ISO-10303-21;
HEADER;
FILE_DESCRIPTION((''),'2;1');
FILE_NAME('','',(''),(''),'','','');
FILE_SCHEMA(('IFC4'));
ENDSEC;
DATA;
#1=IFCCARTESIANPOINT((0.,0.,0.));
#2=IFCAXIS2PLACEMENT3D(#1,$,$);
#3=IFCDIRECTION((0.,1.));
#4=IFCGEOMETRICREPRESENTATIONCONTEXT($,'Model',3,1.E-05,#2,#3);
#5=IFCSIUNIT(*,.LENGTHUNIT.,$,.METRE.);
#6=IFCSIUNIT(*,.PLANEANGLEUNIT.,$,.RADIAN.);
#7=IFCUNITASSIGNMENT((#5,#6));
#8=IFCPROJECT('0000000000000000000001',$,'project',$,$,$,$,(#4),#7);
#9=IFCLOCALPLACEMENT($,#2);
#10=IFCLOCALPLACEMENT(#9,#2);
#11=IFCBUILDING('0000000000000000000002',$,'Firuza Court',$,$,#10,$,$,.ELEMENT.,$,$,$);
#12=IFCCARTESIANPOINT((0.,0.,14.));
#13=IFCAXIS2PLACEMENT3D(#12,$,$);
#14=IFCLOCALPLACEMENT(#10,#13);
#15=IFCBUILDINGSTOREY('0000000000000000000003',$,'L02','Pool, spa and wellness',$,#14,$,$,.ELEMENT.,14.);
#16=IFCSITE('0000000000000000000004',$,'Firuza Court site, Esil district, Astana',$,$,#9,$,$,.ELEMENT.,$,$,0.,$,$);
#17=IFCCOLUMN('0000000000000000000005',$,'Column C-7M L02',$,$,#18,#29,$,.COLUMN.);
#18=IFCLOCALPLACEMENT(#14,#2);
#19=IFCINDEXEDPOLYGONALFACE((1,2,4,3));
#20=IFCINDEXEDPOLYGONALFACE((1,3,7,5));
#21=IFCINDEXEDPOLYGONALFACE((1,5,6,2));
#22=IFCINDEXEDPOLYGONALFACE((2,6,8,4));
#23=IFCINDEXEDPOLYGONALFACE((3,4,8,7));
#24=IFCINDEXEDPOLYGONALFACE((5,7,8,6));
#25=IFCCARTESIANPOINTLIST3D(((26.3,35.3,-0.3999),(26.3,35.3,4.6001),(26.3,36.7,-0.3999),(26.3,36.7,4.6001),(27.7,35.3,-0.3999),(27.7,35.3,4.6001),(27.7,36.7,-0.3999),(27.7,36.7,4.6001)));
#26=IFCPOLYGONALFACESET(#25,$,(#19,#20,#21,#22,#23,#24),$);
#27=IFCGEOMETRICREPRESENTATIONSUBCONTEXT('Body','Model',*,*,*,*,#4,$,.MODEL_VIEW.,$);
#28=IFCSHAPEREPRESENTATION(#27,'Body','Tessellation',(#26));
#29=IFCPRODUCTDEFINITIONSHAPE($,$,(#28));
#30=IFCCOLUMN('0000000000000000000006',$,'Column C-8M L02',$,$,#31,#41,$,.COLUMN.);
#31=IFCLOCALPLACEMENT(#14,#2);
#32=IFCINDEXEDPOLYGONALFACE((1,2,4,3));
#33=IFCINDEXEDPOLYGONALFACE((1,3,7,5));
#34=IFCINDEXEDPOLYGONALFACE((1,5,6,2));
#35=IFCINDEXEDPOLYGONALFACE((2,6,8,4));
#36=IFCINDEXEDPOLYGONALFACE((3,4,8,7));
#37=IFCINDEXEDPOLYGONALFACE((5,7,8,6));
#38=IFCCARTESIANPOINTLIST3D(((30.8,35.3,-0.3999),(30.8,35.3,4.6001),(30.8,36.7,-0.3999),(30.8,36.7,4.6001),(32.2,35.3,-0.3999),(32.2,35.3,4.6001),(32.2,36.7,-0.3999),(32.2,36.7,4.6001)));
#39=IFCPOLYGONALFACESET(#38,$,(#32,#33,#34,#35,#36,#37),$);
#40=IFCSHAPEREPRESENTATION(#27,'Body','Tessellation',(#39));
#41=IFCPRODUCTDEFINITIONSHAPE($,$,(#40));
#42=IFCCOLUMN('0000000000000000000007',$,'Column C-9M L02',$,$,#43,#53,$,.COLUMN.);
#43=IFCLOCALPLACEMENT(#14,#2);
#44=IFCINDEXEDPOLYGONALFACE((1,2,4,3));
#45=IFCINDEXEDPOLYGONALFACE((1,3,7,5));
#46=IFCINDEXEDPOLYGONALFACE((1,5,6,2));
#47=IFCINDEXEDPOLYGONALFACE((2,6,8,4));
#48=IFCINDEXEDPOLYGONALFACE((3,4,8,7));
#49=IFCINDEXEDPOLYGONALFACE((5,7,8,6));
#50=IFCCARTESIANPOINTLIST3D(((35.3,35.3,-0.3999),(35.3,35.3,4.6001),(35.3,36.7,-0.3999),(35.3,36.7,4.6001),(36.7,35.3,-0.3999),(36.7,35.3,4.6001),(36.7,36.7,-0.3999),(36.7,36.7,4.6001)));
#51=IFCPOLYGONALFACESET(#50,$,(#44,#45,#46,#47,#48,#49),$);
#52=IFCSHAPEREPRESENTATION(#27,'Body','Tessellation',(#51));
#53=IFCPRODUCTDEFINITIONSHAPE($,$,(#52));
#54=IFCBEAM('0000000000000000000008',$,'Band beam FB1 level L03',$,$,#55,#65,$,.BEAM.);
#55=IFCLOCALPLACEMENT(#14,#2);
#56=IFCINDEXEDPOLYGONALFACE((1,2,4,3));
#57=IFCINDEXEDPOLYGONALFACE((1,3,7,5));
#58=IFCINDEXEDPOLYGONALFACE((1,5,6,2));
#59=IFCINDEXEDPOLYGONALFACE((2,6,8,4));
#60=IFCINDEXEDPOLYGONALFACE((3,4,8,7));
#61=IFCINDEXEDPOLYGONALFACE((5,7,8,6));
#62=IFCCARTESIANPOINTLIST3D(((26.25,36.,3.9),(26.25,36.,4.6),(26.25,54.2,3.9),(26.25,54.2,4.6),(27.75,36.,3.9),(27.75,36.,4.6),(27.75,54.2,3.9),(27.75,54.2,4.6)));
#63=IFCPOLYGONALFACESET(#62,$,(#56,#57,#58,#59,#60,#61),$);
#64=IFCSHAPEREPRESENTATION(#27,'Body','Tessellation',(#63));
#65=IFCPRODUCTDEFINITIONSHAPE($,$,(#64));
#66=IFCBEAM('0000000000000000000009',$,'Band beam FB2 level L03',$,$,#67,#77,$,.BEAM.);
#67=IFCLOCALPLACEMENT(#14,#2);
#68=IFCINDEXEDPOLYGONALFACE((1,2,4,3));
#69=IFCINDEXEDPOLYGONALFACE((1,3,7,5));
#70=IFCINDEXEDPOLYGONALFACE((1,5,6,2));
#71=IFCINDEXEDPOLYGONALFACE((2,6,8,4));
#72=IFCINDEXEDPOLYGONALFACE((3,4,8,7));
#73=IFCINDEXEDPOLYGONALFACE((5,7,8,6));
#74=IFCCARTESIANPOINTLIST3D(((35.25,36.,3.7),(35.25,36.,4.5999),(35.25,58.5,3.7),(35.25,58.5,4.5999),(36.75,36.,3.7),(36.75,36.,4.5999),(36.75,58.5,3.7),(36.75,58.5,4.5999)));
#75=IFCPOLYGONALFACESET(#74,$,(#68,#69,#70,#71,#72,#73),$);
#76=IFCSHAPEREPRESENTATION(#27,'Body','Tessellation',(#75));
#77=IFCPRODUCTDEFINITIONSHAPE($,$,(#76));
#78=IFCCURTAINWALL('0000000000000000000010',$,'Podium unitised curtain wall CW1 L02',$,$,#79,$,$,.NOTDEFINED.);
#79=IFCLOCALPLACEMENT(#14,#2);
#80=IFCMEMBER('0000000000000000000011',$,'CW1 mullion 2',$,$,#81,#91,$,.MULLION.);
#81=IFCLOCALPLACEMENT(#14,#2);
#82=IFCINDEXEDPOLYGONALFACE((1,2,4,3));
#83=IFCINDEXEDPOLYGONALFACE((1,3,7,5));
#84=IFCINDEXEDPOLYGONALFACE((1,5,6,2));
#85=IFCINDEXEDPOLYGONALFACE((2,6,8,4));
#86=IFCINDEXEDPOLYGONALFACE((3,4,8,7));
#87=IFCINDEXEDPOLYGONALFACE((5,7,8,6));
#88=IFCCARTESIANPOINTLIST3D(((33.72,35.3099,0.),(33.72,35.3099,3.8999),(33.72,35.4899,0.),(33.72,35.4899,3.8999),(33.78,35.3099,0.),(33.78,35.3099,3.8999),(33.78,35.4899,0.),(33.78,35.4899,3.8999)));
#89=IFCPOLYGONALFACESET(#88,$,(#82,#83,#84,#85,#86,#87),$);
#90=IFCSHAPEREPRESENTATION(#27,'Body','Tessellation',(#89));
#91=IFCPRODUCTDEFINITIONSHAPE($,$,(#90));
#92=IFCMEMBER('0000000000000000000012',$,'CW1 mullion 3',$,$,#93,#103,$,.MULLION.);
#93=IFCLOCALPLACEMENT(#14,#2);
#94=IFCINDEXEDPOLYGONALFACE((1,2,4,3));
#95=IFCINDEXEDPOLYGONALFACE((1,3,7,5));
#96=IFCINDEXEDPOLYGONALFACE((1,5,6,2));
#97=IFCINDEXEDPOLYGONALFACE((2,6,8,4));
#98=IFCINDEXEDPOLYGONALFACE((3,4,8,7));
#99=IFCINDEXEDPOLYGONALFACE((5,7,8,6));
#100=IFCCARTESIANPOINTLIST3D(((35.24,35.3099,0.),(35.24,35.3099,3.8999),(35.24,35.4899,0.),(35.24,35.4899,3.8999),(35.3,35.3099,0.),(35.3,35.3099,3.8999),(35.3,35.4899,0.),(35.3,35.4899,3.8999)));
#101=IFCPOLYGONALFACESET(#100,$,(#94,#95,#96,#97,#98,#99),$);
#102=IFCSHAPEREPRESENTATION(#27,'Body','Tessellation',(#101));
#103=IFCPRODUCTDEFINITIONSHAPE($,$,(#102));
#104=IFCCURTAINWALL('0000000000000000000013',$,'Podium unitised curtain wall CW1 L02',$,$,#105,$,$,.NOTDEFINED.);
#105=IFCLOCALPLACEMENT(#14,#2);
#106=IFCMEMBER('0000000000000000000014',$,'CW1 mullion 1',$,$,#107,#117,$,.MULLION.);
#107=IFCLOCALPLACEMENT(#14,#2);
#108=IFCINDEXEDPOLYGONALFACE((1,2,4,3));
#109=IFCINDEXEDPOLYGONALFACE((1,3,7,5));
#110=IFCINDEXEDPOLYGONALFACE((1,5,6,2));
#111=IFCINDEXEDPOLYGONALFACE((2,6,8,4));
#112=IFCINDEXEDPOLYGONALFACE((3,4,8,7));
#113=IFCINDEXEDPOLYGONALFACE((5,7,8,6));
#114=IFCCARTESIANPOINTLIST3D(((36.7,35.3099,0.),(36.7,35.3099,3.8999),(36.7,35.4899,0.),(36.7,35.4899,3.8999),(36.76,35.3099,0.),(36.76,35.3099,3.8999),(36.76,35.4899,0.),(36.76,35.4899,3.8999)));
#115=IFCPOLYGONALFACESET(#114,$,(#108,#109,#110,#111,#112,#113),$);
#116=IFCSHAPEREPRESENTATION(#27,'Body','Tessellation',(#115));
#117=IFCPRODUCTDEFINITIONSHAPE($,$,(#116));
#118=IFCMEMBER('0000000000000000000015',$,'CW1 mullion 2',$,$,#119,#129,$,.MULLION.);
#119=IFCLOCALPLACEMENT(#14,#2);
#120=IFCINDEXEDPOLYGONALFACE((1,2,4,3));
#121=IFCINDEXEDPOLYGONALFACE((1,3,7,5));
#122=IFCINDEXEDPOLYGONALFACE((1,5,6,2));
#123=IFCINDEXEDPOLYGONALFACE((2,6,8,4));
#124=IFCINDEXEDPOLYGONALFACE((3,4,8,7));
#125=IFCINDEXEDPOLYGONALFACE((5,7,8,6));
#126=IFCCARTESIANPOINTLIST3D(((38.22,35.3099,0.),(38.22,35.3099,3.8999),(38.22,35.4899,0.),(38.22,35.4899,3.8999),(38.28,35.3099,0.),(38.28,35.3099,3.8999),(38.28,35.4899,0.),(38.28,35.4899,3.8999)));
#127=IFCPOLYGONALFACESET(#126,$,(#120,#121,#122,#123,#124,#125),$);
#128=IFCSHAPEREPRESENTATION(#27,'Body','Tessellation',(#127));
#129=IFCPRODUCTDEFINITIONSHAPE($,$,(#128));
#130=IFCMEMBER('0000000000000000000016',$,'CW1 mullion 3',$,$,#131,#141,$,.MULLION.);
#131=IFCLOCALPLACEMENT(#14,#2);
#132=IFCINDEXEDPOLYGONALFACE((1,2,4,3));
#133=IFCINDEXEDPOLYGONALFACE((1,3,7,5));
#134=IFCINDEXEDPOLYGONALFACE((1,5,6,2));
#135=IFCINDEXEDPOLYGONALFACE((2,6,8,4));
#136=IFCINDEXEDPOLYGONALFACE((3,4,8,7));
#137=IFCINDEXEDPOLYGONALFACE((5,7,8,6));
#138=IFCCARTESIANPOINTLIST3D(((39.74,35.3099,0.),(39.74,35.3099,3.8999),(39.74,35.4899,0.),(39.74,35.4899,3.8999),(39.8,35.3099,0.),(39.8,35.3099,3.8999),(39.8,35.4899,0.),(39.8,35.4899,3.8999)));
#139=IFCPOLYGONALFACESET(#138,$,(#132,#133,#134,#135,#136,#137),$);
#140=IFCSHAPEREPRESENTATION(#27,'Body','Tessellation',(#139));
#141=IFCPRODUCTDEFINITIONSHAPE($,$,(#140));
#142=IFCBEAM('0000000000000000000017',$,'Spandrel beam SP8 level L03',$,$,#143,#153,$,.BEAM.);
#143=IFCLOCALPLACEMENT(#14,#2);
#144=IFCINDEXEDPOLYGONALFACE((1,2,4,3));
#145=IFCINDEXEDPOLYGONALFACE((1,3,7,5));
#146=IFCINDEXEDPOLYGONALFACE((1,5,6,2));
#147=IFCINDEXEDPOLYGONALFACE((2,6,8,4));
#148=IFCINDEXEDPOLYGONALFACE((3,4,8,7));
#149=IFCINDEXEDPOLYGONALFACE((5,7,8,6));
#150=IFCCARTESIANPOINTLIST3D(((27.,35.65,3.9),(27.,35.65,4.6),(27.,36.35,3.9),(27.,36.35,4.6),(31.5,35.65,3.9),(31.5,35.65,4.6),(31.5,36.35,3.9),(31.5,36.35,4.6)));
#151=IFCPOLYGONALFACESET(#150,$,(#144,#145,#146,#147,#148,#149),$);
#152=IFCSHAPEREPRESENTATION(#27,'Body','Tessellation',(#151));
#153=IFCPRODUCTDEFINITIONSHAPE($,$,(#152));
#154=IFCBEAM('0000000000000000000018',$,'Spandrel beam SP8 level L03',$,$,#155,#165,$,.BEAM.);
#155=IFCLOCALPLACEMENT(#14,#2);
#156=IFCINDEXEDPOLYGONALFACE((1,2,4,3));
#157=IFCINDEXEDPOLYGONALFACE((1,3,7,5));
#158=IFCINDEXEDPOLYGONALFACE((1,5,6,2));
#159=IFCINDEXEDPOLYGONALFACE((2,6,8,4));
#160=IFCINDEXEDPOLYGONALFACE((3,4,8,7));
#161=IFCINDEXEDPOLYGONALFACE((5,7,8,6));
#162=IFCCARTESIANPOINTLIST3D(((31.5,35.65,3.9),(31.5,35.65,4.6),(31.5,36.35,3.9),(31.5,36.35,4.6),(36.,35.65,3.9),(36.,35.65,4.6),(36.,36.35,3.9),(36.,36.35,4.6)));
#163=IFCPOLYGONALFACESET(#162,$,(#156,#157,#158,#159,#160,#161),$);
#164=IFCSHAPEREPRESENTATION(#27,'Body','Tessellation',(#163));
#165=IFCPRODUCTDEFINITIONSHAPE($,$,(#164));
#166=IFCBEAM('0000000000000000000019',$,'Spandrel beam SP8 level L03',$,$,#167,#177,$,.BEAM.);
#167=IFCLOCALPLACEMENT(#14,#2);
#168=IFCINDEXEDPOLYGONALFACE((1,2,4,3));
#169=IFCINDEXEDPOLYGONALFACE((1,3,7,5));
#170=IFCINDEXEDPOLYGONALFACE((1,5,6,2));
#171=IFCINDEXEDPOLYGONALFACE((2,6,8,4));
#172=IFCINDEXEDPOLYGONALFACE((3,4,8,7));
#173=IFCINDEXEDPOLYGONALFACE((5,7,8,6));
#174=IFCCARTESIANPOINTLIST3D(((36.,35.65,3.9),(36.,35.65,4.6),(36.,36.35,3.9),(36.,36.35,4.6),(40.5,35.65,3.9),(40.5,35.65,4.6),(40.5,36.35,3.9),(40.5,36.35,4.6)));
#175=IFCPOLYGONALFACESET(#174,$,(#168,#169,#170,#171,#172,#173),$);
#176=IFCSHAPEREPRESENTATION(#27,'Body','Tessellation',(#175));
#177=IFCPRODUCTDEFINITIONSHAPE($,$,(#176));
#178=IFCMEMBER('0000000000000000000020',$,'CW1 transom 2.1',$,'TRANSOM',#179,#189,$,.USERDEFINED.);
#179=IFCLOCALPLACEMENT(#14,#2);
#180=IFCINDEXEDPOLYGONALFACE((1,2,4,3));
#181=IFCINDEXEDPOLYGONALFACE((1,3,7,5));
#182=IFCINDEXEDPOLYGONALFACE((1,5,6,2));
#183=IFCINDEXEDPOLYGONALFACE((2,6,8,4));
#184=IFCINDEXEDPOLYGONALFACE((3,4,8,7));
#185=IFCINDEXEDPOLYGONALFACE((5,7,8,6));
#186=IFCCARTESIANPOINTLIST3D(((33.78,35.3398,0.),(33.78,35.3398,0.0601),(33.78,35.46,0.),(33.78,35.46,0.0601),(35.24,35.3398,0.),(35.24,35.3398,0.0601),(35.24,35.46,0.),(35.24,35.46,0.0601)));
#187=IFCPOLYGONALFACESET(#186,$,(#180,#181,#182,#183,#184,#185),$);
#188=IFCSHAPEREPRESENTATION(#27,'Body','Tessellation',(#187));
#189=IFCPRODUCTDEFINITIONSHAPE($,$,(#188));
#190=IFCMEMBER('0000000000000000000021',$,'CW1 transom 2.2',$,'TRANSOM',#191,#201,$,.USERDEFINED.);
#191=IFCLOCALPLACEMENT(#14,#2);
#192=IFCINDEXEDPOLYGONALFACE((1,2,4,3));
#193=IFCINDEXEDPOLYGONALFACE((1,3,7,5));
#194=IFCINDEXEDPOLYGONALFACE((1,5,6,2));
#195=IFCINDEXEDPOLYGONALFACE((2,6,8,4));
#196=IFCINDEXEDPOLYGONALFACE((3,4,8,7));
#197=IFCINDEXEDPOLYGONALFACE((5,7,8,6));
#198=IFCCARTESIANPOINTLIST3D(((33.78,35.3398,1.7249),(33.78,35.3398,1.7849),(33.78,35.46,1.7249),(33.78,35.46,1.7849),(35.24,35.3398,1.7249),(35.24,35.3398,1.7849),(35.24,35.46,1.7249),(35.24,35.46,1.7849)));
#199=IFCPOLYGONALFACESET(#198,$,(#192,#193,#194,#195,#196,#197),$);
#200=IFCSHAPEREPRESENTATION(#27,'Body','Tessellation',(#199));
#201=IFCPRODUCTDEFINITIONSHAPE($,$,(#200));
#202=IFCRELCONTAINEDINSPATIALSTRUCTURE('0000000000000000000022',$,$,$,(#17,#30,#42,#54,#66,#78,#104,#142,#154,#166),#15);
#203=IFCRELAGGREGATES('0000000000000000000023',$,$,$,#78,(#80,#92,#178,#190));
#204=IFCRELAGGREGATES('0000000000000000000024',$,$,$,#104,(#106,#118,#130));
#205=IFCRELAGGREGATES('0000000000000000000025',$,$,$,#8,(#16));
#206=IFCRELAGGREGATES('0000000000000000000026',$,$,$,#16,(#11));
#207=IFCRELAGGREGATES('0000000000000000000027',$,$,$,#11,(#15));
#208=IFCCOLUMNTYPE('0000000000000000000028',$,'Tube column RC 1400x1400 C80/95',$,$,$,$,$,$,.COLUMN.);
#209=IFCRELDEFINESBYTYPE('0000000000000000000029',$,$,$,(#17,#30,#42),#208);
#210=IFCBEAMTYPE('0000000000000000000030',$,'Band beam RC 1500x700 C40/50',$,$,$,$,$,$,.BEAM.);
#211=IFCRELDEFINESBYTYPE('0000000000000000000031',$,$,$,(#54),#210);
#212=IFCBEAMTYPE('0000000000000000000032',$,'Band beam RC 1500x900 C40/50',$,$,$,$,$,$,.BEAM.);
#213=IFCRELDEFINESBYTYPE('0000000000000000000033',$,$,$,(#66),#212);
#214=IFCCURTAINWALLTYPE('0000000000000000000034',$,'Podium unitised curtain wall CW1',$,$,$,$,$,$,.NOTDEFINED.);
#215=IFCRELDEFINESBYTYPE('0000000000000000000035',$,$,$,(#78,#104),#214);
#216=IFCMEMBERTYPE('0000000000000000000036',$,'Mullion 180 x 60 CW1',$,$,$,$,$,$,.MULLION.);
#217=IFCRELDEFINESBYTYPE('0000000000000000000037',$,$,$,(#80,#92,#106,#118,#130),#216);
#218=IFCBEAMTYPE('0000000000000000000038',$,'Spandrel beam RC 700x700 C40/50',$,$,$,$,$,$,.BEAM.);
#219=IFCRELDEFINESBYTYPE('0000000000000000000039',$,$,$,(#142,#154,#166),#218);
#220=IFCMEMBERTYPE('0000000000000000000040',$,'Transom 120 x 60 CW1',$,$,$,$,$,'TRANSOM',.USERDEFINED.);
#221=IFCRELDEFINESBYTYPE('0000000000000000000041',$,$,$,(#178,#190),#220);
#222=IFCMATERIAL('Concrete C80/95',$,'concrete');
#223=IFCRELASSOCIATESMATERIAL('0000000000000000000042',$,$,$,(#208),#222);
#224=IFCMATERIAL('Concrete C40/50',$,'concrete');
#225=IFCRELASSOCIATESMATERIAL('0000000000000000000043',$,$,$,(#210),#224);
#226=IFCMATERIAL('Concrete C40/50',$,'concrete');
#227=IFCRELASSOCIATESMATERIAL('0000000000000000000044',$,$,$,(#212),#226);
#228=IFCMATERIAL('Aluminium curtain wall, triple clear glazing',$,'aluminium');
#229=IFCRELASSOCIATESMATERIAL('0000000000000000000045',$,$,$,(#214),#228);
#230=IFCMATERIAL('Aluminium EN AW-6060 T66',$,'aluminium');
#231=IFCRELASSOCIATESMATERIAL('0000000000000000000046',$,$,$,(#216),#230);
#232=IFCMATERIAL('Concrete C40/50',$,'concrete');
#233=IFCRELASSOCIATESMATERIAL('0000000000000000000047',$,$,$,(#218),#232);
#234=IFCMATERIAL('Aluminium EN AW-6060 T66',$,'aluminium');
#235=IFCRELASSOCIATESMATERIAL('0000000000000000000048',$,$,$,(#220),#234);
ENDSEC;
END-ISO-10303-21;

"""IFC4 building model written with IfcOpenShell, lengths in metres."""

from ifc_helpers import new_model, si_unit, direction, frame, origin, origin_2d, place, context, subcontext, project, spatial, rectangle, extrude, material, material_profile, profile_set, type_object, element, aggregate, save


model = new_model("IFC4")

# Units and contexts
model_context = context("Model", 3, precision=1e-05, world=origin(), true_north=direction((0.0, 1.0)))
body_context = subcontext(model_context, "Body", "Model", "MODEL_VIEW")
ifc_project = project(units=[si_unit("LENGTHUNIT", "METRE"), si_unit("PLANEANGLEUNIT", "RADIAN")], contexts=[model_context])

# Site, building, storey
site_placement = place(None, origin())
site = spatial("IfcSite", under=ifc_project, at=site_placement, Name="Firuza Court site, Esil district, Astana", CompositionType="ELEMENT", RefElevation=0.0)
building_placement = place(site_placement, origin())
building = spatial("IfcBuilding", under=site, at=building_placement, Name="Firuza Court", CompositionType="ELEMENT")
storey_placement = place(building_placement, frame((0.0, 0.0, 14.0)))
storey = spatial("IfcBuildingStorey", under=building, at=storey_placement, Name="L02", Description="Pool, spa and wellness", CompositionType="ELEMENT", Elevation=14.0)

# Columns
ifc_material_1 = material(Name="Concrete C80/95", Category="concrete")
ifc_material_profile_1 = material_profile(ifc_material_1, rectangle(XDim=1.3999, YDim=1.3999, at=origin_2d()), Name="RC 1400x1400")
ifc_profile_set_1 = profile_set([ifc_material_profile_1], Name="Concrete C80/95")
column_type = type_object("IfcColumnType", Name="Tube column RC 1400x1400 C80/95", PredefinedType="COLUMN", material=ifc_profile_set_1)
for number, where, z_axis, x_axis, name in (
    (1, (27.0, 36.0, -0.3999), (0.0, 0.0, 1.0), (1.0, 0.0, 0.0), "Column C-7M L02"),
    (2, (31.5, 36.0, -0.3999), (0.0, 0.0, 1.0), (1.0, 0.0, 0.0), "Column C-8M L02"),
    (3, (36.0, 36.0, -0.3999), (0.0, 0.0, 1.0), (1.0, 0.0, 0.0), "Column C-9M L02"),
):
    element("IfcColumn", number, at=place(storey_placement, frame(where, z_axis=z_axis, x_axis=x_axis)), inside=storey, type_object=column_type, Name=name, PredefinedType="COLUMN", context=body_context, shape_type="SweptSolid", body=[
        extrude(rectangle(XDim=1.3999, YDim=1.3999, at=origin_2d()), origin(), (0.0, 0.0, 1.0), 5.0),
    ])

# Beams
ifc_material_2 = material(Name="Concrete C40/50", Category="concrete")
ifc_material_profile_2 = material_profile(ifc_material_2, rectangle(XDim=1.5, YDim=0.7, at=origin_2d()), Name="RC 1500x700")
ifc_profile_set_2 = profile_set([ifc_material_profile_2], Name="Concrete C40/50")
beam_type_1 = type_object("IfcBeamType", Name="Band beam RC 1500x700 C40/50", PredefinedType="BEAM", material=ifc_profile_set_2)
beam_1_placement = place(storey_placement, frame((27.0, 36.0, 4.25), z_axis=(0.0, 1.0, 0.0), x_axis=(-1.0, 0.0, 0.0)))
element("IfcBeam", 4, at=beam_1_placement, inside=storey, type_object=beam_type_1, Name="Band beam FB1 level L03", PredefinedType="BEAM", context=body_context, shape_type="SweptSolid", body=[
    extrude(rectangle(XDim=1.5, YDim=0.7, at=origin_2d()), origin(), (0.0, 0.0, 1.0), 18.2),
])
ifc_material_3 = material(Name="Concrete C40/50", Category="concrete")
ifc_material_profile_3 = material_profile(ifc_material_3, rectangle(XDim=1.5, YDim=0.8999, at=origin_2d()), Name="RC 1500x900")
ifc_profile_set_3 = profile_set([ifc_material_profile_3], Name="Concrete C40/50")
beam_type_2 = type_object("IfcBeamType", Name="Band beam RC 1500x900 C40/50", PredefinedType="BEAM", material=ifc_profile_set_3)
beam_2_placement = place(storey_placement, frame((36.0, 36.0, 4.1499), z_axis=(0.0, 1.0, 0.0), x_axis=(-1.0, 0.0, 0.0)))
element("IfcBeam", 5, at=beam_2_placement, inside=storey, type_object=beam_type_2, Name="Band beam FB2 level L03", PredefinedType="BEAM", context=body_context, shape_type="SweptSolid", body=[
    extrude(rectangle(XDim=1.5, YDim=0.8999, at=origin_2d()), origin(), (0.0, 0.0, 1.0), 22.5),
])

# Curtain walls, members
ifc_material_4 = material(Name="Aluminium curtain wall, triple clear glazing", Category="aluminium")
curtain_wall_type = type_object("IfcCurtainWallType", Name="Podium unitised curtain wall CW1", PredefinedType="NOTDEFINED", material=ifc_material_4)
curtain_wall_1_placement = place(storey_placement, origin())
curtain_wall_1 = element("IfcCurtainWall", 6, at=curtain_wall_1_placement, inside=storey, type_object=curtain_wall_type, Name="Podium unitised curtain wall CW1 L02", PredefinedType="NOTDEFINED")
ifc_material_5 = material(Name="Aluminium EN AW-6060 T66", Category="aluminium")
ifc_material_profile_4 = material_profile(ifc_material_5, rectangle(XDim=0.1799, YDim=0.0601, at=origin_2d()), Name="Mullion 180 x 60 CW1")
ifc_profile_set_4 = profile_set([ifc_material_profile_4], Name="Aluminium EN AW-6060 T66")
member_type_1 = type_object("IfcMemberType", Name="Mullion 180 x 60 CW1", PredefinedType="MULLION", material=ifc_profile_set_4)
member_1_placement = place(storey_placement, frame((33.75, 35.3999, 0.0), z_axis=(0.0, 0.0, 1.0), x_axis=(0.0, 1.0, 0.0)))
member_1 = element("IfcMember", 7, at=member_1_placement, type_object=member_type_1, Name="CW1 mullion 2", PredefinedType="MULLION", context=body_context, shape_type="SweptSolid", body=[
    extrude(rectangle(XDim=0.1799, YDim=0.0601, at=origin_2d()), origin(), (0.0, 0.0, 1.0), 3.8999),
])
member_2_placement = place(storey_placement, frame((35.27, 35.3999, 0.0), z_axis=(0.0, 0.0, 1.0), x_axis=(0.0, 1.0, 0.0)))
member_2 = element("IfcMember", 8, at=member_2_placement, type_object=member_type_1, Name="CW1 mullion 3", PredefinedType="MULLION", context=body_context, shape_type="SweptSolid", body=[
    extrude(rectangle(XDim=0.1799, YDim=0.0601, at=origin_2d()), origin(), (0.0, 0.0, 1.0), 3.8999),
])
curtain_wall_2_placement = place(storey_placement, origin())
curtain_wall_2 = element("IfcCurtainWall", 9, at=curtain_wall_2_placement, inside=storey, type_object=curtain_wall_type, Name="Podium unitised curtain wall CW1 L02", PredefinedType="NOTDEFINED")
member_3_placement = place(storey_placement, frame((36.73, 35.3999, 0.0), z_axis=(0.0, 0.0, 1.0), x_axis=(0.0, 1.0, 0.0)))
member_3 = element("IfcMember", 10, at=member_3_placement, type_object=member_type_1, Name="CW1 mullion 1", PredefinedType="MULLION", context=body_context, shape_type="SweptSolid", body=[
    extrude(rectangle(XDim=0.1799, YDim=0.0601, at=origin_2d()), origin(), (0.0, 0.0, 1.0), 3.8999),
])
member_4_placement = place(storey_placement, frame((38.25, 35.3999, 0.0), z_axis=(0.0, 0.0, 1.0), x_axis=(0.0, 1.0, 0.0)))
member_4 = element("IfcMember", 11, at=member_4_placement, type_object=member_type_1, Name="CW1 mullion 2", PredefinedType="MULLION", context=body_context, shape_type="SweptSolid", body=[
    extrude(rectangle(XDim=0.1799, YDim=0.0601, at=origin_2d()), origin(), (0.0, 0.0, 1.0), 3.8999),
])
member_5_placement = place(storey_placement, frame((39.77, 35.3999, 0.0), z_axis=(0.0, 0.0, 1.0), x_axis=(0.0, 1.0, 0.0)))
member_5 = element("IfcMember", 12, at=member_5_placement, type_object=member_type_1, Name="CW1 mullion 3", PredefinedType="MULLION", context=body_context, shape_type="SweptSolid", body=[
    extrude(rectangle(XDim=0.1799, YDim=0.0601, at=origin_2d()), origin(), (0.0, 0.0, 1.0), 3.8999),
])

# Beams
ifc_material_6 = material(Name="Concrete C40/50", Category="concrete")
ifc_material_profile_5 = material_profile(ifc_material_6, rectangle(XDim=0.7, YDim=0.7, at=origin_2d()), Name="RC 700x700")
ifc_profile_set_5 = profile_set([ifc_material_profile_5], Name="Concrete C40/50")
beam_type_3 = type_object("IfcBeamType", Name="Spandrel beam RC 700x700 C40/50", PredefinedType="BEAM", material=ifc_profile_set_5)
for number, where, z_axis, x_axis, name in (
    (13, (27.0, 36.0, 4.25), (1.0, 0.0, 0.0), (0.0, 1.0, 0.0), "Spandrel beam SP8 level L03"),
    (14, (31.5, 36.0, 4.25), (1.0, 0.0, 0.0), (0.0, 1.0, 0.0), "Spandrel beam SP8 level L03"),
    (15, (36.0, 36.0, 4.25), (1.0, 0.0, 0.0), (0.0, 1.0, 0.0), "Spandrel beam SP8 level L03"),
):
    element("IfcBeam", number, at=place(storey_placement, frame(where, z_axis=z_axis, x_axis=x_axis)), inside=storey, type_object=beam_type_3, Name=name, PredefinedType="BEAM", context=body_context, shape_type="SweptSolid", body=[
        extrude(rectangle(XDim=0.7, YDim=0.7, at=origin_2d()), origin(), (0.0, 0.0, 1.0), 4.5),
    ])

# Members
ifc_material_7 = material(Name="Aluminium EN AW-6060 T66", Category="aluminium")
ifc_material_profile_6 = material_profile(ifc_material_7, rectangle(XDim=0.1201, YDim=0.0601, at=origin_2d()), Name="Transom 120 x 60 CW1")
ifc_profile_set_6 = profile_set([ifc_material_profile_6], Name="Aluminium EN AW-6060 T66")
member_type_2 = type_object("IfcMemberType", Name="Transom 120 x 60 CW1", ElementType="TRANSOM", PredefinedType="USERDEFINED", material=ifc_profile_set_6)
member_6_placement = place(storey_placement, frame((33.78, 35.3999, 0.03), z_axis=(1.0, 0.0, 0.0), x_axis=(0.0, 1.0, 0.0)))
member_6 = element("IfcMember", 16, at=member_6_placement, type_object=member_type_2, Name="CW1 transom 2.1", ObjectType="TRANSOM", PredefinedType="USERDEFINED", context=body_context, shape_type="SweptSolid", body=[
    extrude(rectangle(XDim=0.1201, YDim=0.0601, at=origin_2d()), origin(), (0.0, 0.0, 1.0), 1.46),
])
member_7_placement = place(storey_placement, frame((33.78, 35.3999, 1.7549), z_axis=(1.0, 0.0, 0.0), x_axis=(0.0, 1.0, 0.0)))
member_7 = element("IfcMember", 17, at=member_7_placement, type_object=member_type_2, Name="CW1 transom 2.2", ObjectType="TRANSOM", PredefinedType="USERDEFINED", context=body_context, shape_type="SweptSolid", body=[
    extrude(rectangle(XDim=0.1201, YDim=0.0601, at=origin_2d()), origin(), (0.0, 0.0, 1.0), 1.46),
])

aggregate(curtain_wall_1, [member_1, member_2, member_6, member_7])
aggregate(curtain_wall_2, [member_3, member_4, member_5])

save(model, "model.ifc")
